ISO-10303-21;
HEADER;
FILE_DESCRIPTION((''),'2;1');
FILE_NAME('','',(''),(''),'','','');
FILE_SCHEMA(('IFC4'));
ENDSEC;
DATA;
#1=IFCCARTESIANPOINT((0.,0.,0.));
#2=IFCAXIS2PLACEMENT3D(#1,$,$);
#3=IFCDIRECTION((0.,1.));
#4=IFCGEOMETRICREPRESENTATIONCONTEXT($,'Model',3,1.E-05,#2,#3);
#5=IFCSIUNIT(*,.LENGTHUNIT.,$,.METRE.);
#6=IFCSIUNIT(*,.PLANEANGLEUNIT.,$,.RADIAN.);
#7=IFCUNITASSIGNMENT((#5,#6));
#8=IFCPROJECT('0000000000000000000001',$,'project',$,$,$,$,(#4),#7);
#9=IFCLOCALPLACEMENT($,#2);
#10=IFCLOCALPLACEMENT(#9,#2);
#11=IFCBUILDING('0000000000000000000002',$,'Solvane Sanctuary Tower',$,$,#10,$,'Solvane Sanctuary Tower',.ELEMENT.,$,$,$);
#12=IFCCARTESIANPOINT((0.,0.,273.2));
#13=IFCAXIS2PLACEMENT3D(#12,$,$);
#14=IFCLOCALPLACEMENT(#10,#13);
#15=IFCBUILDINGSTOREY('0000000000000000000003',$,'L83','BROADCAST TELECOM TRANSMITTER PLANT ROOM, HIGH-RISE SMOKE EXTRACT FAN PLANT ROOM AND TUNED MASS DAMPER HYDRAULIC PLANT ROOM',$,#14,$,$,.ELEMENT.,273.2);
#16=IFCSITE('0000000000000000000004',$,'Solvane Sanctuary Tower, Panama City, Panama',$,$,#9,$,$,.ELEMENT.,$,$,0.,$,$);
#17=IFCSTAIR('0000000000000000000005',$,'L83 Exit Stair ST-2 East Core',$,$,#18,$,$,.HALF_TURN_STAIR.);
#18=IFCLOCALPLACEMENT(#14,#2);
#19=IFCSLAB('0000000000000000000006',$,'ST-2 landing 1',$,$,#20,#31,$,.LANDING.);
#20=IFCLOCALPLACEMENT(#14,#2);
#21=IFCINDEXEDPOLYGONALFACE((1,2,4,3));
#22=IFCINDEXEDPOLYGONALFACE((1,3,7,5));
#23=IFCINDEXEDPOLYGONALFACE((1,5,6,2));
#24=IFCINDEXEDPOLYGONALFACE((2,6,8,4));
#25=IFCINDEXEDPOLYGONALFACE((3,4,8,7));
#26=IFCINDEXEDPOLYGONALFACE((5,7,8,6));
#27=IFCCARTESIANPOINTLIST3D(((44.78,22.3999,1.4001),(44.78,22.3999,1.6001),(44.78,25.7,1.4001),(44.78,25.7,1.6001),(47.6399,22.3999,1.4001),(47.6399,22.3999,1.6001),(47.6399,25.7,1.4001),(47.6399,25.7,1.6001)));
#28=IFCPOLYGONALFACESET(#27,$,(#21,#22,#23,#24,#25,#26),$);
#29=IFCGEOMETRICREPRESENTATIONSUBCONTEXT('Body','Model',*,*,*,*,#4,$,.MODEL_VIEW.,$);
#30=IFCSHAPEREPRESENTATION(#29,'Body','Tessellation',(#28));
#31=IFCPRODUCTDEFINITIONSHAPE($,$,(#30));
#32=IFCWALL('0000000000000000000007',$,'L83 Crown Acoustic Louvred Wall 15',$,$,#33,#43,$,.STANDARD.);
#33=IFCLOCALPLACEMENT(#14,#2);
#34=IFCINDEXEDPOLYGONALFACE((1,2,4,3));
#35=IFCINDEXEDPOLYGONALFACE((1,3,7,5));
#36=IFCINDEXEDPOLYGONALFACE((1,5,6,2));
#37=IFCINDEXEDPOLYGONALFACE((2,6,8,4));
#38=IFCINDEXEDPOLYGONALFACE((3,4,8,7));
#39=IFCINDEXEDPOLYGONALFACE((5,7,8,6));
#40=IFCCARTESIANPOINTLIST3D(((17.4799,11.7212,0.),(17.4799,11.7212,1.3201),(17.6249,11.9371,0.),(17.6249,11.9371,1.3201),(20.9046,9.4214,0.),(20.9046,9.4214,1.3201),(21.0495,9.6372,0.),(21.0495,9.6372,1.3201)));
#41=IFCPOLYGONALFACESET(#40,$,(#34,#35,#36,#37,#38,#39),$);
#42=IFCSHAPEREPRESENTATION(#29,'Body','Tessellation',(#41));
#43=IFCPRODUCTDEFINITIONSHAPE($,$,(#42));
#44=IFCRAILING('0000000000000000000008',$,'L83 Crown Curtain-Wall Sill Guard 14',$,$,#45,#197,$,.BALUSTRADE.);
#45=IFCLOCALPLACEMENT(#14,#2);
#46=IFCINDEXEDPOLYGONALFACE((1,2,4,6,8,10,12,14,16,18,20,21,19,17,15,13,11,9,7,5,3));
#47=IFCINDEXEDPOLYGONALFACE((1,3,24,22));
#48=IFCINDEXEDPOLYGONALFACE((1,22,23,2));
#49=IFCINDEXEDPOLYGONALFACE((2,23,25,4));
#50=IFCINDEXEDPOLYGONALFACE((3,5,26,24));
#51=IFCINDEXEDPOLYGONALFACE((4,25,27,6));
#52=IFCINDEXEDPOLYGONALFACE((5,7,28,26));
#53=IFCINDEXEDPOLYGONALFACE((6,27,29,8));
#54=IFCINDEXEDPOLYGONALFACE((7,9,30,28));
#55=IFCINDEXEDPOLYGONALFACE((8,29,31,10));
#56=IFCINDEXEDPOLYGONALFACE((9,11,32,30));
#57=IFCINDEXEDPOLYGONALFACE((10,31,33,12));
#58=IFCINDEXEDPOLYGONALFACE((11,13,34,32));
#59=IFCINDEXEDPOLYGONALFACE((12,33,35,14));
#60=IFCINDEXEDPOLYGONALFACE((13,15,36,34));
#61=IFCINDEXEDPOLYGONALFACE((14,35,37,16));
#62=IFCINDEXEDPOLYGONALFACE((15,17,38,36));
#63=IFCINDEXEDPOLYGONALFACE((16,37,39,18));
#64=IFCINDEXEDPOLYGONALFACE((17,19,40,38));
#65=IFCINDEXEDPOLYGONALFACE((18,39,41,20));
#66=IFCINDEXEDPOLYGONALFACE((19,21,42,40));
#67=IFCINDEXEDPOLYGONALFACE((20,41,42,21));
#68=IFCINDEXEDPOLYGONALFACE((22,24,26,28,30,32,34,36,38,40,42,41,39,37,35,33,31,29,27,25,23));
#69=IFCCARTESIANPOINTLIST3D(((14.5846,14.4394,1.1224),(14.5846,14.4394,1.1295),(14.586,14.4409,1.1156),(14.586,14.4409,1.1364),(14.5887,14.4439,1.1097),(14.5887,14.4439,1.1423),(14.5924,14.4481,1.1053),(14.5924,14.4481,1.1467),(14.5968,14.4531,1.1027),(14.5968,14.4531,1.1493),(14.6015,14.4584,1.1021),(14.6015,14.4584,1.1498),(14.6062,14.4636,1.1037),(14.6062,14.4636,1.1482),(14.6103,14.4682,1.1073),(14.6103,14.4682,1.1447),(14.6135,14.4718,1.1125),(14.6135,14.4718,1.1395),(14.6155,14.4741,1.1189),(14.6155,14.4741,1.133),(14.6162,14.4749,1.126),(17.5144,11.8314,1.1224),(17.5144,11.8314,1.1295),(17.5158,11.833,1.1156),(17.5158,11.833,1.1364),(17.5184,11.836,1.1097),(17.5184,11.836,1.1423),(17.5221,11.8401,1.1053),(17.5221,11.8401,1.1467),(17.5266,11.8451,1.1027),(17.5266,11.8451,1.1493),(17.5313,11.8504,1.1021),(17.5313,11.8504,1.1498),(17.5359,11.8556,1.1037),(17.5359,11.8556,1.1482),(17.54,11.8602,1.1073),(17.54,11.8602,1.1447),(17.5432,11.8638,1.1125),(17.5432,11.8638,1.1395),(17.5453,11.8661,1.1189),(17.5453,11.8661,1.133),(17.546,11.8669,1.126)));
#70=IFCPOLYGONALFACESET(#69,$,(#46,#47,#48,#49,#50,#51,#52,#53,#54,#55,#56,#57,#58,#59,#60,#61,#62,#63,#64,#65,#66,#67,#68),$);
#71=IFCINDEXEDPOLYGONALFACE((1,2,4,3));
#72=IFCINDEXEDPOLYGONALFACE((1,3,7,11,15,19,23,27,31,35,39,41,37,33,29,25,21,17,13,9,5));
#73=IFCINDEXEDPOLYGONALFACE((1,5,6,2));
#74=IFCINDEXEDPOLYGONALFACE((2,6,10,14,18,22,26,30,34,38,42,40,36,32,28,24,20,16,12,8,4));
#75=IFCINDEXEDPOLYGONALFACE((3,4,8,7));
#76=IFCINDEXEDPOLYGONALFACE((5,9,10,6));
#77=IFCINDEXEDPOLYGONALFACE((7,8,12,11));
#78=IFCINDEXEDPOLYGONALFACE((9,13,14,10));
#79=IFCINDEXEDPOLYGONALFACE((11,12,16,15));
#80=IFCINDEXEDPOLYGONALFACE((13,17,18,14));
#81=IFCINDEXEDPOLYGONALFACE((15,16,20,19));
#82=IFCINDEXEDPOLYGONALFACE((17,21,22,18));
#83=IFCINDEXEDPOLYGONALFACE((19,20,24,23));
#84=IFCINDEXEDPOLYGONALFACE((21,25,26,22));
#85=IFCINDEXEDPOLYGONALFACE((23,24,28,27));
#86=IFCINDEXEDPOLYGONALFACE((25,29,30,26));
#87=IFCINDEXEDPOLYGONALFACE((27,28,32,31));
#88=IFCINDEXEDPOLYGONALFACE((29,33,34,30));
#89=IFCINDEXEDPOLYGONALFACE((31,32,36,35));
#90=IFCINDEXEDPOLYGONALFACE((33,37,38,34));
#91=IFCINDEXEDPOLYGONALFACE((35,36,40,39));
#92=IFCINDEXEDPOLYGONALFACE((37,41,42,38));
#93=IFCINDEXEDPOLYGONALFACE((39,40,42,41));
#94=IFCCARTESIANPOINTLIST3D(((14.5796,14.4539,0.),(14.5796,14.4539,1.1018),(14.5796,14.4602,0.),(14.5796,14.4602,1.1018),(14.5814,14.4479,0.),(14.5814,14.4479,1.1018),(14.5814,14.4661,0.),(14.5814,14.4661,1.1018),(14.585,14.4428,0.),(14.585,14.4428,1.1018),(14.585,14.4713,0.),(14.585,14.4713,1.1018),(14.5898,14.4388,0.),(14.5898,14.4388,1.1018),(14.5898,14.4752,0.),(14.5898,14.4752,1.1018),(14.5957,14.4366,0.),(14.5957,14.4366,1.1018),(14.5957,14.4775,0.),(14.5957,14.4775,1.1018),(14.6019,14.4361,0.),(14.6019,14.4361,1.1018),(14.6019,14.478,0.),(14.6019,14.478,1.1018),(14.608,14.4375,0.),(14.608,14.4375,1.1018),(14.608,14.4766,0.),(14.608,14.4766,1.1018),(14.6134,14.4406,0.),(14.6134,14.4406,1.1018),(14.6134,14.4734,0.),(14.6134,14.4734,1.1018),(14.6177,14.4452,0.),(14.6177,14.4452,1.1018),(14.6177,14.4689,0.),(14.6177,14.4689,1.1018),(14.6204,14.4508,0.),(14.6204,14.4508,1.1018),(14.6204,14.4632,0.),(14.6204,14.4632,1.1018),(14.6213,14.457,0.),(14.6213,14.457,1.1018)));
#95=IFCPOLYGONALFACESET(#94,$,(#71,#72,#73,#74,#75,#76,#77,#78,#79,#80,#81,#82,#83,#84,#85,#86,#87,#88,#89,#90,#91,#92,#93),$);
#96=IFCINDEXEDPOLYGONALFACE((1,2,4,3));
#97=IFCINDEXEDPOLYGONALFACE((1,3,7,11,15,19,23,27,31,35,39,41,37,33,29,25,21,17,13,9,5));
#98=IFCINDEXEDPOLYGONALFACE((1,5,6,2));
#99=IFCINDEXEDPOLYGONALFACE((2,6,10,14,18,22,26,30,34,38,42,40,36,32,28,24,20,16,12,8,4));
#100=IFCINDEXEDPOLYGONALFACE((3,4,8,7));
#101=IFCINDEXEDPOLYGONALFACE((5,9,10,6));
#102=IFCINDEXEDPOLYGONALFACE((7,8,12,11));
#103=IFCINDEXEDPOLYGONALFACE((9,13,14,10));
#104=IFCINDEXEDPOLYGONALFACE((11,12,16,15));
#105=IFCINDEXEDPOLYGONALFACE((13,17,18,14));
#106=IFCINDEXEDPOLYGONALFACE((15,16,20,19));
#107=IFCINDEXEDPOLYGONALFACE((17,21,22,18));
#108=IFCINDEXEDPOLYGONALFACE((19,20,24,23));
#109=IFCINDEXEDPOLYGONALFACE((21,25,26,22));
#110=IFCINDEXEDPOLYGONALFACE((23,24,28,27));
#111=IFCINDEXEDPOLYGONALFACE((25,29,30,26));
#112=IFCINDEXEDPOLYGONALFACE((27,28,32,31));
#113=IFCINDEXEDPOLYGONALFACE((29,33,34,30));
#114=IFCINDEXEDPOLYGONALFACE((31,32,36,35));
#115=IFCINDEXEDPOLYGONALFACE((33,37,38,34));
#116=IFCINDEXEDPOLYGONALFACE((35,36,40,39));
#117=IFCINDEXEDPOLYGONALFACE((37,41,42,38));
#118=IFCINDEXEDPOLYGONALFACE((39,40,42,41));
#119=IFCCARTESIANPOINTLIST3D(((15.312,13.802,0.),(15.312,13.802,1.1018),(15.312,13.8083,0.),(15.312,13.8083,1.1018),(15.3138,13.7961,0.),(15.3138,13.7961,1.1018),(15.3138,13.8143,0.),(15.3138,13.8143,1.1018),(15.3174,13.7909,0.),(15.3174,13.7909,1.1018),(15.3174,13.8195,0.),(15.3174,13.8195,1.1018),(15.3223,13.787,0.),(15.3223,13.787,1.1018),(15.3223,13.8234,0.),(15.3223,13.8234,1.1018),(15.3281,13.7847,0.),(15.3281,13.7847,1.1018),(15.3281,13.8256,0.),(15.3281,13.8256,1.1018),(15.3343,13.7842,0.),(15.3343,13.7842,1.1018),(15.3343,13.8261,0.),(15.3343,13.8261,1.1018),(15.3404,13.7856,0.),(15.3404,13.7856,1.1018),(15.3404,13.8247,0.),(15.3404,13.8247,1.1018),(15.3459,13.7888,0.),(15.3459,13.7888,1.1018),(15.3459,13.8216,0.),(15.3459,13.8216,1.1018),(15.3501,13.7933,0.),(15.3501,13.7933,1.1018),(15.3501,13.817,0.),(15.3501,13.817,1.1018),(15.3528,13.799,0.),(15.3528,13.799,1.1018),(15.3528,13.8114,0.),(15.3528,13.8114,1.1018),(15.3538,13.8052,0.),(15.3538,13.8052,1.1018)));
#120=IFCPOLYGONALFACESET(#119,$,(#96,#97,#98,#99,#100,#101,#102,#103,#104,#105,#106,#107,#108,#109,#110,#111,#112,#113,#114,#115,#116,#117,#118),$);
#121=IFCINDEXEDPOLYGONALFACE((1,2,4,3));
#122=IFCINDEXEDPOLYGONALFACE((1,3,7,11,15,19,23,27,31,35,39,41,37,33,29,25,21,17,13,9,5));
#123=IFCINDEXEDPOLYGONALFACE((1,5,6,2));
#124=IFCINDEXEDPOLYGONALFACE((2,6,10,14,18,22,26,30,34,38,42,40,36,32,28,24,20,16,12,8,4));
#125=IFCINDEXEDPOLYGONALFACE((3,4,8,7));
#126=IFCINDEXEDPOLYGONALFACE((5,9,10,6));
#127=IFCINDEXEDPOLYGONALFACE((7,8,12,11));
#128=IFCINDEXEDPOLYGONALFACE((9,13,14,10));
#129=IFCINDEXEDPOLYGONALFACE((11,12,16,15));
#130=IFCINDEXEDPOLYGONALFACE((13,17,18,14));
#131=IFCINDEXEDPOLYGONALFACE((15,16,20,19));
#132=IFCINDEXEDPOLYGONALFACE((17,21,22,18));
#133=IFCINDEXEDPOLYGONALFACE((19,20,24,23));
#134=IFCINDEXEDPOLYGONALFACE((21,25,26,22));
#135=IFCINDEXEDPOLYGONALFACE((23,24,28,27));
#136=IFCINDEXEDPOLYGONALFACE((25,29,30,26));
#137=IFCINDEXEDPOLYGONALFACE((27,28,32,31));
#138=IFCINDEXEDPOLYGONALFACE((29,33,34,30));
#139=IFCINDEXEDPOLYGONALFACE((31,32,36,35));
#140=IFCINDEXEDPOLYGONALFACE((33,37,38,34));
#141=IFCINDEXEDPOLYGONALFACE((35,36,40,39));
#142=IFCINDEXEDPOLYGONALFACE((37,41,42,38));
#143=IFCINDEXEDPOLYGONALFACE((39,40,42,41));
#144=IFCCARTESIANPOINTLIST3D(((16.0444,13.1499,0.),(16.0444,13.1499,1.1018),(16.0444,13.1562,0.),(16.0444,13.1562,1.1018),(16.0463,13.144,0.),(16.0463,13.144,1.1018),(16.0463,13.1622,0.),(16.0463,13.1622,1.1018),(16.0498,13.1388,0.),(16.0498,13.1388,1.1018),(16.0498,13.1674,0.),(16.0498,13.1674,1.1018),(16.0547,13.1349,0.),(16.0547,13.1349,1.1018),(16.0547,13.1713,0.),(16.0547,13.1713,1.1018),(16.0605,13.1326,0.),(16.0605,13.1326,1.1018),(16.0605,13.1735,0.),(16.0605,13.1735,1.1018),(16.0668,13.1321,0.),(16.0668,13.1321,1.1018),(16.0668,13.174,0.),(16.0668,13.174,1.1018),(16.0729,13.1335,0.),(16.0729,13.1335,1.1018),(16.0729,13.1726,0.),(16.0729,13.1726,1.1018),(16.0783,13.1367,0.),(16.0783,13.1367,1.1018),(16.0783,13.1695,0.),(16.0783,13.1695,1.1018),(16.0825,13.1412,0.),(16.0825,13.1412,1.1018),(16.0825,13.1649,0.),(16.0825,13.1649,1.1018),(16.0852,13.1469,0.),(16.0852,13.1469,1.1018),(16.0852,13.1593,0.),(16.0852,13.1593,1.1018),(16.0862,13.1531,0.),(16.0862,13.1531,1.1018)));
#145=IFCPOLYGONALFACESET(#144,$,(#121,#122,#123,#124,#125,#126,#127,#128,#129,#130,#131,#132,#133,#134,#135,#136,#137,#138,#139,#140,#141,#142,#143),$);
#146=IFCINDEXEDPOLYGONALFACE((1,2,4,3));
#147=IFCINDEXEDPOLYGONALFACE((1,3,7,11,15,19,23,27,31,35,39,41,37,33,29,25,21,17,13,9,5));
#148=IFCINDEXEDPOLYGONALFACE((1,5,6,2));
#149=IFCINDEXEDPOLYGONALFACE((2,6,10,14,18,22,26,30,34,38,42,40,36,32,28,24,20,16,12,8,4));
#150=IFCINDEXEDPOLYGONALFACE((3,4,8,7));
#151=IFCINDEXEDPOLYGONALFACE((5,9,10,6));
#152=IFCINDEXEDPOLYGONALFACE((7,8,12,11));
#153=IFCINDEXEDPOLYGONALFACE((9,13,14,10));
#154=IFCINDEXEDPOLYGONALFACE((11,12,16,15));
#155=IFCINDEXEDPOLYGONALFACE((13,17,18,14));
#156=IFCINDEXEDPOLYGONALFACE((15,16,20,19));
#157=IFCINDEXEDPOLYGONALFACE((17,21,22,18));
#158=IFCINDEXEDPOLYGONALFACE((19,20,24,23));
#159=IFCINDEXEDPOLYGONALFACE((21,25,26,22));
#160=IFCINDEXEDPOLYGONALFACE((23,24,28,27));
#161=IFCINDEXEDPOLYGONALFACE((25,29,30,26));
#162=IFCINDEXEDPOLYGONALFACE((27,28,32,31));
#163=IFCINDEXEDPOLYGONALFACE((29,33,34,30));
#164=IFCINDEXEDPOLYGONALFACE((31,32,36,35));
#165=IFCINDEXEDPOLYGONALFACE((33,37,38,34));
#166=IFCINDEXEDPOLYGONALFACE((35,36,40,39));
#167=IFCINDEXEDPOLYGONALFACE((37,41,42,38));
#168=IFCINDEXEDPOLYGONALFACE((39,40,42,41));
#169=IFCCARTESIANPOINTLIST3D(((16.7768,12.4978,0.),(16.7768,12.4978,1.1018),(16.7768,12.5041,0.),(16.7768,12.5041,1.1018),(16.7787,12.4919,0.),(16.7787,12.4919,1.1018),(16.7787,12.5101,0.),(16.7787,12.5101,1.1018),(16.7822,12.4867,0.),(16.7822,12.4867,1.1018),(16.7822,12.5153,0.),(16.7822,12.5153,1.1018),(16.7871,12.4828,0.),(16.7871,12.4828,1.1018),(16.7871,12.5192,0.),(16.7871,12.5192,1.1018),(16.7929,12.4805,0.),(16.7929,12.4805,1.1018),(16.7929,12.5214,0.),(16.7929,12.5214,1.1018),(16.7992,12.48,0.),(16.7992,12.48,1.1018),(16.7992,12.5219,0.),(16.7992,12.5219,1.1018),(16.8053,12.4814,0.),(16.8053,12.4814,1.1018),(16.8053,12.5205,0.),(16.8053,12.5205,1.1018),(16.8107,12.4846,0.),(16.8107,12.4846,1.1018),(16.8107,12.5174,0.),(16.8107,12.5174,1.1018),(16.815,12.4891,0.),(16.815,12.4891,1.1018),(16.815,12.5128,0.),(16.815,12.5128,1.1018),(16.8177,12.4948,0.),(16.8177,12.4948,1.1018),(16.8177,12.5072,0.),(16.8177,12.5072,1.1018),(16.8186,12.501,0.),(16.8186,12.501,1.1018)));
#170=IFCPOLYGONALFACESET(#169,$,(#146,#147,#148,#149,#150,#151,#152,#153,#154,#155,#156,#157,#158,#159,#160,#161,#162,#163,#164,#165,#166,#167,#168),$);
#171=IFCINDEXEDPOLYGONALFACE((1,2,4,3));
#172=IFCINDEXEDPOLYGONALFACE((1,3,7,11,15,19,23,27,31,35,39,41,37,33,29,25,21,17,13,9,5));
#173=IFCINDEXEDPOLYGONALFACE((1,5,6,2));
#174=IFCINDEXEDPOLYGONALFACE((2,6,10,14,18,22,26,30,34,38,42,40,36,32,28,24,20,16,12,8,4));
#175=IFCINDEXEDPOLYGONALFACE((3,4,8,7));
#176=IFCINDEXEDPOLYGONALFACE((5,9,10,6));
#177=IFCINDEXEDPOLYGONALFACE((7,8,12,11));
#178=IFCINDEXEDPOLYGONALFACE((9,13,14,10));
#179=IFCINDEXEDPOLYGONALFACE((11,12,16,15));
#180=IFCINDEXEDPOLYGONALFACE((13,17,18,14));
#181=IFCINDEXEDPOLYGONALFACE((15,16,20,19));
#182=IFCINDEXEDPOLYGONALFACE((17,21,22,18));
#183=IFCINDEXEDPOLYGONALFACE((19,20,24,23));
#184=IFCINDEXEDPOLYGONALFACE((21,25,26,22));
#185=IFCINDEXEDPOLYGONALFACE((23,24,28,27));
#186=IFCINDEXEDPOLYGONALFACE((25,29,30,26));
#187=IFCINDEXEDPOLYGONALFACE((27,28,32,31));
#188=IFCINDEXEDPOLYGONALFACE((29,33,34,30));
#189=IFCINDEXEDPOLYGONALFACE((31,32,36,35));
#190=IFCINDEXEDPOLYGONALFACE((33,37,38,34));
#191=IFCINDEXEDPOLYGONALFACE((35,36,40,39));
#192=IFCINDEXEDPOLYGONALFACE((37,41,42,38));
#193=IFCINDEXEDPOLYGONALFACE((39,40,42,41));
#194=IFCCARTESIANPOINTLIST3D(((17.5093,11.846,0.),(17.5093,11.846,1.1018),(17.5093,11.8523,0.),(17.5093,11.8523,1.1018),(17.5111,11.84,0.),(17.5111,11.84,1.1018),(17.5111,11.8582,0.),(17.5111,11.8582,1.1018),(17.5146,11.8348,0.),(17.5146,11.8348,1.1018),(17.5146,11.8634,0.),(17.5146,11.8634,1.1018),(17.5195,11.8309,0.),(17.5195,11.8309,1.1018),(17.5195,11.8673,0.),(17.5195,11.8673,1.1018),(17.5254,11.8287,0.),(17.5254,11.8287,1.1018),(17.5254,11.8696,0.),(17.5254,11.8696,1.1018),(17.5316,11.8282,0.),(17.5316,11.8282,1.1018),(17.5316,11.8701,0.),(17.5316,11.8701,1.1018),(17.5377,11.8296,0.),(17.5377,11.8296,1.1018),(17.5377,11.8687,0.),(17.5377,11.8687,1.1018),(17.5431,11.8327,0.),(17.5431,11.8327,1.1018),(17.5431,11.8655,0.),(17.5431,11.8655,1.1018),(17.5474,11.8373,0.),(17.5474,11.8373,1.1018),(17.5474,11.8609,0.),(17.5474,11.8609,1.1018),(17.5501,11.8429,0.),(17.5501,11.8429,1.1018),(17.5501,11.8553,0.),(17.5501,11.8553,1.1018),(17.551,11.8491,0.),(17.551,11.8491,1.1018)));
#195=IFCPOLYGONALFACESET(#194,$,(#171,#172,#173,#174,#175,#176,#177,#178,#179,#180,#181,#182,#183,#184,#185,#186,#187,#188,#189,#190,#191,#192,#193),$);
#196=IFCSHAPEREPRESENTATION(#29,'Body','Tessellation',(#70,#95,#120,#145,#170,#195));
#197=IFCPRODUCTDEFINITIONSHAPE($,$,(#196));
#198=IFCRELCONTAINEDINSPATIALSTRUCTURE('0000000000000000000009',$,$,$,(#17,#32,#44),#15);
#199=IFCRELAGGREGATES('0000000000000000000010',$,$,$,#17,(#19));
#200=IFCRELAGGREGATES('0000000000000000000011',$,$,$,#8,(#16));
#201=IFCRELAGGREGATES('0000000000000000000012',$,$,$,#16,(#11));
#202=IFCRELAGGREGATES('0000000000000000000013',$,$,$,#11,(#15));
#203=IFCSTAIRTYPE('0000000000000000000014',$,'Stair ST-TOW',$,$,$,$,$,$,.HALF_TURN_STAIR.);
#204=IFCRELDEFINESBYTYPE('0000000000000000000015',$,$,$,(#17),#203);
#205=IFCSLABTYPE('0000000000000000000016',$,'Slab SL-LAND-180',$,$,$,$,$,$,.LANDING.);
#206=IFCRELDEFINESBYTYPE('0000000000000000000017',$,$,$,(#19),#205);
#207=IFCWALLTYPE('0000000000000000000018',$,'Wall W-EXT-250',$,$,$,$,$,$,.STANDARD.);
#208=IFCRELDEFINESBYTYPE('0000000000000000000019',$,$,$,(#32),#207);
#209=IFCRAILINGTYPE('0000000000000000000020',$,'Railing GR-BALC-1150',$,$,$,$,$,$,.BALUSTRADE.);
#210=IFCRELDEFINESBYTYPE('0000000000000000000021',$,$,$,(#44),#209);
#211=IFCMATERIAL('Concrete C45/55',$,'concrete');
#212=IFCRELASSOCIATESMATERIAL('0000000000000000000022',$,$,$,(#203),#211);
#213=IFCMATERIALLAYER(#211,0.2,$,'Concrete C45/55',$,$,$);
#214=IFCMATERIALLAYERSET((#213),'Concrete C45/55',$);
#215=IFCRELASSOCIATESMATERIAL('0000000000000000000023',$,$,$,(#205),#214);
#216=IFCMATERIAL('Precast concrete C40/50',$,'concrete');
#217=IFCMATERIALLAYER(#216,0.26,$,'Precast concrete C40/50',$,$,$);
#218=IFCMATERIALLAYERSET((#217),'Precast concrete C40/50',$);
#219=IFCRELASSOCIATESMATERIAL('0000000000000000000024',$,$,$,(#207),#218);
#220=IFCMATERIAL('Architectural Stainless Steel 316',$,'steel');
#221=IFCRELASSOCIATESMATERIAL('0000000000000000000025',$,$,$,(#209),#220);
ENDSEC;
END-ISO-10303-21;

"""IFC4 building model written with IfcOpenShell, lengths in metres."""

from ifc_helpers import new_model, si_unit, direction, frame, frame_2d, origin, origin_2d, place, context, subcontext, project, spatial, polyline, rectangle, circle, outline, extrude, material, layer, layer_set, type_object, element, aggregate, save


model = new_model("IFC4")

# Units and contexts
model_context = context("Model", 3, precision=1e-05, world=origin(), true_north=direction((0.0, 1.0)))
body_context = subcontext(model_context, "Body", "Model", "MODEL_VIEW")
ifc_project = project(units=[si_unit("LENGTHUNIT", "METRE"), si_unit("PLANEANGLEUNIT", "RADIAN")], contexts=[model_context])

# Site, building, storey
site_placement = place(None, origin())
site = spatial("IfcSite", under=ifc_project, at=site_placement, Name="Solvane Sanctuary Tower, Panama City, Panama", CompositionType="ELEMENT", RefElevation=0.0)
building_placement = place(site_placement, origin())
building = spatial("IfcBuilding", under=site, at=building_placement, Name="Solvane Sanctuary Tower", LongName="Solvane Sanctuary Tower", CompositionType="ELEMENT")
storey_placement = place(building_placement, frame((0.0, 0.0, 273.2)))
storey = spatial("IfcBuildingStorey", under=building, at=storey_placement, Name="L83", Description="BROADCAST TELECOM TRANSMITTER PLANT ROOM, HIGH-RISE SMOKE EXTRACT FAN PLANT ROOM AND TUNED MASS DAMPER HYDRAULIC PLANT ROOM", CompositionType="ELEMENT", Elevation=273.2)

# Stair, slab
ifc_material_1 = material(Name="Concrete C45/55", Category="concrete")
stair_type = type_object("IfcStairType", Name="Stair ST-TOW", PredefinedType="HALF_TURN_STAIR", material=ifc_material_1)
ifc_layer_1 = layer(ifc_material_1, 0.2, Name="Concrete C45/55")
ifc_layer_set_1 = layer_set([ifc_layer_1], Name="Concrete C45/55")
slab_type_1 = type_object("IfcSlabType", Name="Slab SL-LAND-180", PredefinedType="LANDING", material=ifc_layer_set_1)
stair_1_placement = place(storey_placement, origin())
stair_1 = element("IfcStair", 1, at=stair_1_placement, inside=storey, type_object=stair_type, Name="L83 Exit Stair ST-2 East Core", PredefinedType="HALF_TURN_STAIR")
slab_1_placement = place(storey_placement, frame((0.0, 0.0, 1.4001)))
slab_1 = element("IfcSlab", 2, at=slab_1_placement, type_object=slab_type_1, Name="ST-2 landing 1", PredefinedType="LANDING", context=body_context, shape_type="SweptSolid", body=[
    extrude(outline(polyline([(47.6399, 22.3999), (47.6399, 25.7), (44.78, 25.7), (44.78, 22.3999), (47.6399, 22.3999)])), origin(), (0.0, 0.0, 1.0), 0.2),
])
aggregate(stair_1, [slab_1])

# Wall
ifc_material_2 = material(Name="Precast concrete C40/50", Category="concrete")
ifc_layer_2 = layer(ifc_material_2, 0.26, Name="Precast concrete C40/50")
ifc_layer_set_2 = layer_set([ifc_layer_2], Name="Precast concrete C40/50")
wall_type = type_object("IfcWallType", Name="Wall W-EXT-250", PredefinedType="STANDARD", material=ifc_layer_set_2)
wall_placement = place(storey_placement, frame((17.5525, 11.8291, 0.0), z_axis=(0.0, 0.0, 1.0), x_axis=(0.83017, -0.557511, 0.0)))
element("IfcWall", 3, at=wall_placement, inside=storey, type_object=wall_type, Name="L83 Crown Acoustic Louvred Wall 15", PredefinedType="STANDARD", context=body_context, shape_type="SweptSolid", body=[
    extrude(rectangle(XDim=4.1252, YDim=0.26, at=frame_2d((2.0625, 0.0))), origin(), (0.0, 0.0, 1.0), 1.3201),
])

# Railing
ifc_material_3 = material(Name="Architectural Stainless Steel 316", Category="steel")
railing_type = type_object("IfcRailingType", Name="Railing GR-BALC-1150", PredefinedType="BALUSTRADE", material=ifc_material_3)
railing_1_placement = place(storey_placement, frame((14.6003, 14.457, 0.0)))
element("IfcRailing", 4, at=railing_1_placement, inside=storey, type_object=railing_type, Name="L83 Crown Curtain-Wall Sill Guard 14", PredefinedType="BALUSTRADE", context=body_context, shape_type="SweptSolid", body=[
    extrude(circle(Radius=0.0239, at=origin_2d()), frame((0.0, 0.0, 1.126), z_axis=(0.746935, -0.664897, 0.0), x_axis=(0.664897, 0.746935, 0.0)), (0.0, 0.0, 1.0), 3.9224),
    extrude(circle(Radius=0.021, at=origin_2d()), origin(), (0.0, 0.0, 1.0), 1.1018),
    extrude(circle(Radius=0.021, at=origin_2d()), frame((0.7324, -0.6519, 0.0)), (0.0, 0.0, 1.0), 1.1018),
    extrude(circle(Radius=0.021, at=origin_2d()), frame((1.4648, -1.304, 0.0)), (0.0, 0.0, 1.0), 1.1018),
    extrude(circle(Radius=0.021, at=origin_2d()), frame((2.1973, -1.9561, 0.0)), (0.0, 0.0, 1.0), 1.1018),
    extrude(circle(Radius=0.021, at=origin_2d()), frame((2.9297, -2.6079, 0.0)), (0.0, 0.0, 1.0), 1.1018),
])

save(model, "model.ifc")
